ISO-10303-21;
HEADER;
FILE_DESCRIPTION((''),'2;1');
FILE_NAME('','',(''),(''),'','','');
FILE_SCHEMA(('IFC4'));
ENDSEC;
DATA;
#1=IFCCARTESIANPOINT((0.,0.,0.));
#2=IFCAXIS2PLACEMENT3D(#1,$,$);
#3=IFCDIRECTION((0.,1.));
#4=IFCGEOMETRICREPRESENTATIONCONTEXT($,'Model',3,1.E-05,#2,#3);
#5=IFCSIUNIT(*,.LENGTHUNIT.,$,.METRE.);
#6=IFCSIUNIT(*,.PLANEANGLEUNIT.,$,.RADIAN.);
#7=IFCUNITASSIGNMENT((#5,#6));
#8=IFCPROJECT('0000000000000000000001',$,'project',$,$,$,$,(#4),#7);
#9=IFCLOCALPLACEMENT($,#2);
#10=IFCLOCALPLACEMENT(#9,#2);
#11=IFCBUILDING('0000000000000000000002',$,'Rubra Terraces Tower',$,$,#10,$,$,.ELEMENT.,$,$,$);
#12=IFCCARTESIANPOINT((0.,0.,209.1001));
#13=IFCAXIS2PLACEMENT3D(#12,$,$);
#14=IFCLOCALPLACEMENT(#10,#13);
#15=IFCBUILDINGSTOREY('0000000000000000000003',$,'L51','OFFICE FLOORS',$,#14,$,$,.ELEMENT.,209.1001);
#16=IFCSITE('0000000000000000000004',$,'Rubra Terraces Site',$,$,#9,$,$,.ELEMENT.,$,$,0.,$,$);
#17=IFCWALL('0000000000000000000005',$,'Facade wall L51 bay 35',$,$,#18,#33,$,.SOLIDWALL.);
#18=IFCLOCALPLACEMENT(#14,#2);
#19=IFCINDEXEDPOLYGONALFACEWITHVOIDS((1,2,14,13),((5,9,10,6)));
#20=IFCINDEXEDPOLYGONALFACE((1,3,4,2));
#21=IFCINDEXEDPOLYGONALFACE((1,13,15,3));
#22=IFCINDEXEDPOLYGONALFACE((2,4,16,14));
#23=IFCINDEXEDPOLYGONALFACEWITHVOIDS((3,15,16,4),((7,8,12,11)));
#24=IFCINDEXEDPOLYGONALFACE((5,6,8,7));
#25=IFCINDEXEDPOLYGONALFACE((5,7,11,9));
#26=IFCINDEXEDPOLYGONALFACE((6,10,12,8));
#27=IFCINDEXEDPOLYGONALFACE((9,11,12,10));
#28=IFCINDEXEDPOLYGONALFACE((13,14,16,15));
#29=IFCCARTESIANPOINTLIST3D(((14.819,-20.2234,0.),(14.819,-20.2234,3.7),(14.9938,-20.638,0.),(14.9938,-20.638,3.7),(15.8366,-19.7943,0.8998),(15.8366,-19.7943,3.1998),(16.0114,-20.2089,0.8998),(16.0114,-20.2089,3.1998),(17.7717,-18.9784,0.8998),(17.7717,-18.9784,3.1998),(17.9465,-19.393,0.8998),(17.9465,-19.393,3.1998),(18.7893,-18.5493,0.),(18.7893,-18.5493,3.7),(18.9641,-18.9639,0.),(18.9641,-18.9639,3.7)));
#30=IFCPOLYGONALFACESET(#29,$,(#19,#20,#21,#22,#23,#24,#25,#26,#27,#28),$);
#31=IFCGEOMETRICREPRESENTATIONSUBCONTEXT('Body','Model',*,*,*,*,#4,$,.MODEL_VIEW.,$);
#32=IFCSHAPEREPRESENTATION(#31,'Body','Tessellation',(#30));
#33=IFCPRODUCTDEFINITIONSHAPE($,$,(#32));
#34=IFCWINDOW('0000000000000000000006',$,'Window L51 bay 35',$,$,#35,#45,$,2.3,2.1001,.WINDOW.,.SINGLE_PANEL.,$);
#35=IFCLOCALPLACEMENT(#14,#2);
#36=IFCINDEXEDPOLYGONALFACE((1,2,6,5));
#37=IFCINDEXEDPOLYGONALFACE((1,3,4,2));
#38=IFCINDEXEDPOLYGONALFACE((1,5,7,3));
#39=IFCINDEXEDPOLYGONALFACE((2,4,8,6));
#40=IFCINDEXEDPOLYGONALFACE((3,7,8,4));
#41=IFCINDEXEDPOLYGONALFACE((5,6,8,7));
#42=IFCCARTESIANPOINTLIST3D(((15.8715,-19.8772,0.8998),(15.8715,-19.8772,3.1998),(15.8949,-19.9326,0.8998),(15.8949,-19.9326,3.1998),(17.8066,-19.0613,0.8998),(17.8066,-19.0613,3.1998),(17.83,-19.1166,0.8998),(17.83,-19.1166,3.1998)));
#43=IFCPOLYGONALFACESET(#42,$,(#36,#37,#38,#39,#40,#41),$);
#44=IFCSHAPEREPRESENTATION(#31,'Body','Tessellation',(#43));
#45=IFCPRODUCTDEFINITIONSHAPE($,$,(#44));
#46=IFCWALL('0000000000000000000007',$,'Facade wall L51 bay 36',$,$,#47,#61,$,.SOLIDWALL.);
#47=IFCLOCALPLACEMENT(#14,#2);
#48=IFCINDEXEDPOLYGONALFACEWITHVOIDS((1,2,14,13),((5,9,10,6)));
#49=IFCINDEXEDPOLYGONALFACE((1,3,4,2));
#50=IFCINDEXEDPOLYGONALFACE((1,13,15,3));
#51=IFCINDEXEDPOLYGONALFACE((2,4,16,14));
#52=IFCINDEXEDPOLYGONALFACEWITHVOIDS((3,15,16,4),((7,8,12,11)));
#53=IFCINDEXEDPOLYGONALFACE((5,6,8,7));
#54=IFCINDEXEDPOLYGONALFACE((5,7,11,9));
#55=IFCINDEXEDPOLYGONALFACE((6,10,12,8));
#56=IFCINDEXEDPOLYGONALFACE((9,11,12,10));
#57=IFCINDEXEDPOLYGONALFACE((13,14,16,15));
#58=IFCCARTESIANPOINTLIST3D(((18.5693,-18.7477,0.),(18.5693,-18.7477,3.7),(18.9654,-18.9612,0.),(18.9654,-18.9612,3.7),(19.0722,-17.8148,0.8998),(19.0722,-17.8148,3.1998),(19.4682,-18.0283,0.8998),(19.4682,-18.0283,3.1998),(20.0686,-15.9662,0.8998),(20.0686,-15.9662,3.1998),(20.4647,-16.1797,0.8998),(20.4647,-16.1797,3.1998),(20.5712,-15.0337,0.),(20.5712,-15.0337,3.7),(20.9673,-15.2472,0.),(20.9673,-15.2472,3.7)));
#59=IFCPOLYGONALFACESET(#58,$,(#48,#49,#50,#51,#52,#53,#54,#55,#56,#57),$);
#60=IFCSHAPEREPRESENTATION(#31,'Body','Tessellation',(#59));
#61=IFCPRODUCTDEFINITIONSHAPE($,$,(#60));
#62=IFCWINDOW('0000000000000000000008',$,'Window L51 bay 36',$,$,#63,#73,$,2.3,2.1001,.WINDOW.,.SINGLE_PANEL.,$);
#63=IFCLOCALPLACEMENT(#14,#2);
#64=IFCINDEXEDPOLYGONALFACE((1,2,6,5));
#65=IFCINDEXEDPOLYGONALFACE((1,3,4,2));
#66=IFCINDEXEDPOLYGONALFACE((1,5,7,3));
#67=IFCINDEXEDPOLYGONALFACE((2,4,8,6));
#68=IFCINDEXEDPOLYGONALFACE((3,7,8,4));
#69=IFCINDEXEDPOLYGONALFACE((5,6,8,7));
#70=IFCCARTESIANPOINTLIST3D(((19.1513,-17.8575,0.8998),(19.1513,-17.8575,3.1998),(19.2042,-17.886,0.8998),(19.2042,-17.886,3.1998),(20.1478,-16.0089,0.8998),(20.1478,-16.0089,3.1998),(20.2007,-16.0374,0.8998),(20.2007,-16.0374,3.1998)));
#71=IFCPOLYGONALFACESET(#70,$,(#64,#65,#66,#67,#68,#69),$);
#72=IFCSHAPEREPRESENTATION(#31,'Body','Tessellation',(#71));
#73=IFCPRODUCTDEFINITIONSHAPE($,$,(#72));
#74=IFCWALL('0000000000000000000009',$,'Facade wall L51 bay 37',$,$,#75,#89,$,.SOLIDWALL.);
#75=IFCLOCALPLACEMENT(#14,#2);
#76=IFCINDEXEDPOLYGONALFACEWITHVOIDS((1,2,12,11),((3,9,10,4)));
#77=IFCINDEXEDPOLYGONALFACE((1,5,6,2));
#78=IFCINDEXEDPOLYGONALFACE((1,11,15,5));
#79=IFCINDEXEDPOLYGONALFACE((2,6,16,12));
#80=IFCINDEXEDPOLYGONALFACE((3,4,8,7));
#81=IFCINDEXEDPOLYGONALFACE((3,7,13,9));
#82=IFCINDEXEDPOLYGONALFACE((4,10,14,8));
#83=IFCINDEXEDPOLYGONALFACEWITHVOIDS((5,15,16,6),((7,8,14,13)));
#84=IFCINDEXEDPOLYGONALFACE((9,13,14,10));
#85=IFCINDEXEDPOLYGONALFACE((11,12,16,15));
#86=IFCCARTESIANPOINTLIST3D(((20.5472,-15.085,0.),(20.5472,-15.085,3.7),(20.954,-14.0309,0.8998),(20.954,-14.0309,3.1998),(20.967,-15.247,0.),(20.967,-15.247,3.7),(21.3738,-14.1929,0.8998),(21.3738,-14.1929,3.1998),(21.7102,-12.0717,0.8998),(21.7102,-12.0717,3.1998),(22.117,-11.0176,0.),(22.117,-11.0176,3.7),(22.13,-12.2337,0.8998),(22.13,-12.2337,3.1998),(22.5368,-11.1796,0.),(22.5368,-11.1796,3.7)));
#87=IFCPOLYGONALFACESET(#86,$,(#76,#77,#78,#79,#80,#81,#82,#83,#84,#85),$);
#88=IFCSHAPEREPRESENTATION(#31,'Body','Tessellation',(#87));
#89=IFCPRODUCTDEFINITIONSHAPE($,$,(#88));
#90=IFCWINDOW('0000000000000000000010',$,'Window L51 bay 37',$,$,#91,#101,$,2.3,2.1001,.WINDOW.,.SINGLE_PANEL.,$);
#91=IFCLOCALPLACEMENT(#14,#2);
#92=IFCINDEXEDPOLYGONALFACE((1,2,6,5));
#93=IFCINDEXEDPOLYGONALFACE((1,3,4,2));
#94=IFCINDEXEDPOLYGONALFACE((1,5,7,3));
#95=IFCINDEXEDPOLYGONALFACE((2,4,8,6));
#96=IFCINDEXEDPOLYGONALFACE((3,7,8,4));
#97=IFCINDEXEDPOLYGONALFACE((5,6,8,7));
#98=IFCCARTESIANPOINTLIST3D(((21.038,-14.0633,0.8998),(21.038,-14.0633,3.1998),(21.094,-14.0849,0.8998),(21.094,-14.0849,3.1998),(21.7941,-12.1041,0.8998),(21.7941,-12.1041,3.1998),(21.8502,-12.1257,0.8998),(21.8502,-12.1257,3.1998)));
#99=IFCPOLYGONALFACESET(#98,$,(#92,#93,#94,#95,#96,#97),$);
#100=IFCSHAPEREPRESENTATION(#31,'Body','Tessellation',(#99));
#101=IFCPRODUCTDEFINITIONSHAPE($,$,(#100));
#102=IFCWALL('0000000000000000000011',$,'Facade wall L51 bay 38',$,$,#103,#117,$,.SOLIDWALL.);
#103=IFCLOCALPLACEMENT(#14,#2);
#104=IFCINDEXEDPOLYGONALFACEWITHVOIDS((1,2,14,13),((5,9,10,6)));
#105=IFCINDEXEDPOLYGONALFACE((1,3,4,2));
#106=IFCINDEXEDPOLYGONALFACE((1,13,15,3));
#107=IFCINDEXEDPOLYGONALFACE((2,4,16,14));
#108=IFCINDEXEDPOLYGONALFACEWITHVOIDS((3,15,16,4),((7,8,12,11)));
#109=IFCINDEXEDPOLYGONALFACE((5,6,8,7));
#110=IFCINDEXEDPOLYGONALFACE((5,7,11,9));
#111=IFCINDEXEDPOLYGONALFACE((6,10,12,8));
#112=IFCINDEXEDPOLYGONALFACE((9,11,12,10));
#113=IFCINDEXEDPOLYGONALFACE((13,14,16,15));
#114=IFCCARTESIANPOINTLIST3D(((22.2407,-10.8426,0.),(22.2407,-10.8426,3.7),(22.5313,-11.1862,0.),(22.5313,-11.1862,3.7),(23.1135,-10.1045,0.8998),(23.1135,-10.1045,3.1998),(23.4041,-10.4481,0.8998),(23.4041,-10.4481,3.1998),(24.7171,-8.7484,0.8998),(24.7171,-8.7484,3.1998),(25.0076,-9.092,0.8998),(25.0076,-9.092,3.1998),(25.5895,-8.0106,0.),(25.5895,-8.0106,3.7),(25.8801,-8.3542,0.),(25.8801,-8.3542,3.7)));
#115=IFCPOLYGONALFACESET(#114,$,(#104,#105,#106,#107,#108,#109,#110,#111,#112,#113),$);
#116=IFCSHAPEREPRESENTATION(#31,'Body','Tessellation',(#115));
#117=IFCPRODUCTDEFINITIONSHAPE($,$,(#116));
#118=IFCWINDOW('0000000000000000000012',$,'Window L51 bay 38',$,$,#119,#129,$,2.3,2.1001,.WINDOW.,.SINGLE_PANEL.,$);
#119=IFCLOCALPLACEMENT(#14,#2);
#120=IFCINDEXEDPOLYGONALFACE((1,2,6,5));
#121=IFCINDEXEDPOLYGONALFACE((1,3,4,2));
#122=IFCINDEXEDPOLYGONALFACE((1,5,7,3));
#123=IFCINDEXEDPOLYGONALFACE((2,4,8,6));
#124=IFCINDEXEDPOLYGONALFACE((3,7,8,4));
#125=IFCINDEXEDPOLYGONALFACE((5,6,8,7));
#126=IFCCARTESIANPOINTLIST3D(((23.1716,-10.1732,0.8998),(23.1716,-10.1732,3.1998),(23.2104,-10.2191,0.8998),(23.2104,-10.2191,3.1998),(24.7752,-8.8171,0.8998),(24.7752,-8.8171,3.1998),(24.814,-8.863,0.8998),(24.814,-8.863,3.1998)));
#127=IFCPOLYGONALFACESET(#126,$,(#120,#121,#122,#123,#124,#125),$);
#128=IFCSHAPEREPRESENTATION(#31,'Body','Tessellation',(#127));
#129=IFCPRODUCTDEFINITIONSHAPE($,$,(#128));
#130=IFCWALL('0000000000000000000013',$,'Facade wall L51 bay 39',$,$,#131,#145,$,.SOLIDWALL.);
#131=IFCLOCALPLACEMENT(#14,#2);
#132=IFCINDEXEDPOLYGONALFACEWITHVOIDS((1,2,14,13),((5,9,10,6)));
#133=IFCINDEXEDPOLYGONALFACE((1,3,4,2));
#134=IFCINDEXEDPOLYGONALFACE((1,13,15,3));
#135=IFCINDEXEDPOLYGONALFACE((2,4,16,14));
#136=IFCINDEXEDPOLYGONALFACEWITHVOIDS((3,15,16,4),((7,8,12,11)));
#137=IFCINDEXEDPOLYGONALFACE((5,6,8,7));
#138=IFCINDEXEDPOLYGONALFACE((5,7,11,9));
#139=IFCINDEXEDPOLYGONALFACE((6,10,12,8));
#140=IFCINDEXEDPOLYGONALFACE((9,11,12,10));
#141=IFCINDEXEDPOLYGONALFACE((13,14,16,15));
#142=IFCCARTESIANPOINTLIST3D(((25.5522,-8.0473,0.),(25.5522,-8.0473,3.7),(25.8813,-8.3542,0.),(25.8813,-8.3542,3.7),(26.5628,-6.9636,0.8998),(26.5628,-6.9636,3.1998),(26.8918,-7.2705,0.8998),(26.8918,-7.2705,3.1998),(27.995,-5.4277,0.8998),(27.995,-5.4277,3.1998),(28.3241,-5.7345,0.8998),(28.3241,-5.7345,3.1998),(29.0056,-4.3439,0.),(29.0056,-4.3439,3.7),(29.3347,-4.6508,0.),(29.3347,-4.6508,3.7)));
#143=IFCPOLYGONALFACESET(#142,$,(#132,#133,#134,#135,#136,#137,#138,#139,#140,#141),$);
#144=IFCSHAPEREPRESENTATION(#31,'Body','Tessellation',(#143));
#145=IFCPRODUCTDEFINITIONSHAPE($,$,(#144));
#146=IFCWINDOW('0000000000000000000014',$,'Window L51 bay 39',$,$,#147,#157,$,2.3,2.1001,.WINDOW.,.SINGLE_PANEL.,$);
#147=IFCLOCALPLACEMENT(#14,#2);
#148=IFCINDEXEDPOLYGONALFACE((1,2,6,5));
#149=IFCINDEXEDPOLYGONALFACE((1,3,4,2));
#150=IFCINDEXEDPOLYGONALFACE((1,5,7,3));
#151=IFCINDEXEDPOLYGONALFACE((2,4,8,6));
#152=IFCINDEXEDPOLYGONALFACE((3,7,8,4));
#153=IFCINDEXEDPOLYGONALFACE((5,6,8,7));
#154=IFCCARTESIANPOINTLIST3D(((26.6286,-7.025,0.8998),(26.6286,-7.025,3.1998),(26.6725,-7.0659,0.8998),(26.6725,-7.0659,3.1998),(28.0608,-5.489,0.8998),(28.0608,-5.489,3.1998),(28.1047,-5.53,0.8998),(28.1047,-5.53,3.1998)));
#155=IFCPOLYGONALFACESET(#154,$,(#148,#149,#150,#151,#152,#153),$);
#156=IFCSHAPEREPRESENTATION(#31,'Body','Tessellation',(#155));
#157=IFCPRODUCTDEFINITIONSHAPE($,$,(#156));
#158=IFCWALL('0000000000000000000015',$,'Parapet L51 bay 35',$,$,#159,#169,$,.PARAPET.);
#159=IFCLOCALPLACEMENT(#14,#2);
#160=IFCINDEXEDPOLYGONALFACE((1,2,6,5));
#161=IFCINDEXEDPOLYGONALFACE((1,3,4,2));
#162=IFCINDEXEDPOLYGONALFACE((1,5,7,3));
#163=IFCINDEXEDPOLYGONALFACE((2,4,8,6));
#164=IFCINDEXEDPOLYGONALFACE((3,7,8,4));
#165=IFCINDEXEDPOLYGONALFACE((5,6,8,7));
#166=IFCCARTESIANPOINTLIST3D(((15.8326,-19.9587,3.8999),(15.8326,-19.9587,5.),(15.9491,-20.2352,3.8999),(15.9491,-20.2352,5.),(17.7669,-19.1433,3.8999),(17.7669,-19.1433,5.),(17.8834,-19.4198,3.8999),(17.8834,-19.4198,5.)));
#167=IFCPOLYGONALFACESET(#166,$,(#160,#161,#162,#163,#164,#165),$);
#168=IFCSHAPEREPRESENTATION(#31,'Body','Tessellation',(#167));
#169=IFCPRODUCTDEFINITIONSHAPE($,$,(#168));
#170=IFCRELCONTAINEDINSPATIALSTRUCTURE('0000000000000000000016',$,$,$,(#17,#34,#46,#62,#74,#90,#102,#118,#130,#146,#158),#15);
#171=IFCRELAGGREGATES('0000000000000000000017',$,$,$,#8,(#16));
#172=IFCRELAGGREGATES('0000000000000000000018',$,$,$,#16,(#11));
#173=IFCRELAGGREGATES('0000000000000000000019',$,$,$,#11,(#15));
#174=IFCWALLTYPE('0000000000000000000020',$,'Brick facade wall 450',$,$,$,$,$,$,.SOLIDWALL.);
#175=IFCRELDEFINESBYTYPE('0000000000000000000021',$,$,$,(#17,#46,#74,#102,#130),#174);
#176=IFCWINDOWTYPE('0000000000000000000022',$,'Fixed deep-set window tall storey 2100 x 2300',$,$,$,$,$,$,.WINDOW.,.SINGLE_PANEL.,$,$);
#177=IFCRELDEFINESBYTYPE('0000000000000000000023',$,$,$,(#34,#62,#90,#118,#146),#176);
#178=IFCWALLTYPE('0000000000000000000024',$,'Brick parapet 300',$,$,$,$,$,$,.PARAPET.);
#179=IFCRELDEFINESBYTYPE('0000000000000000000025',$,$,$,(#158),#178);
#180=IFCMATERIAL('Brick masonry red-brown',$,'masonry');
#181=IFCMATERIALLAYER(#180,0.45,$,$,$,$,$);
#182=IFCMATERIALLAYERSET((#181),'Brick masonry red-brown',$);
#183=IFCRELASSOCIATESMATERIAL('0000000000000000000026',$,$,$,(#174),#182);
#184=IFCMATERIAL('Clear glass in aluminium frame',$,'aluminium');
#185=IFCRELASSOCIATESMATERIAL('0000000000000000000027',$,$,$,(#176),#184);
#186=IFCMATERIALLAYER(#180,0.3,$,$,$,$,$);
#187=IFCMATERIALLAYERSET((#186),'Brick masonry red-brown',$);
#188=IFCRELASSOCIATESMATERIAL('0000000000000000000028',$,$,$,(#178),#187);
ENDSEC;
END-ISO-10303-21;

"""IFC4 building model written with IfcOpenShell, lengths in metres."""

from ifc_helpers import new_model, si_unit, direction, frame, frame_2d, origin, place, context, subcontext, project, spatial, rectangle, extrude, material, layer, layer_set, type_object, element, fill, save


model = new_model("IFC4")

# Units and contexts
model_context = context("Model", 3, precision=1e-05, world=origin(), true_north=direction((0.0, 1.0)))
body_context = subcontext(model_context, "Body", "Model", "MODEL_VIEW")
ifc_project = project(units=[si_unit("LENGTHUNIT", "METRE"), si_unit("PLANEANGLEUNIT", "RADIAN")], contexts=[model_context])

# Site, building, storey
site_placement = place(None, origin())
site = spatial("IfcSite", under=ifc_project, at=site_placement, Name="Rubra Terraces Site", CompositionType="ELEMENT", RefElevation=0.0)
building_placement = place(site_placement, origin())
building = spatial("IfcBuilding", under=site, at=building_placement, Name="Rubra Terraces Tower", CompositionType="ELEMENT")
storey_placement = place(building_placement, frame((0.0, 0.0, 209.1001)))
storey = spatial("IfcBuildingStorey", under=building, at=storey_placement, Name="L51", Description="OFFICE FLOORS", CompositionType="ELEMENT", Elevation=209.1001)

# Walls, openings, windows
ifc_material_1 = material(Name="Brick masonry red-brown", Category="masonry")
ifc_layer_1 = layer(ifc_material_1, 0.45)
ifc_layer_set_1 = layer_set([ifc_layer_1], Name="Brick masonry red-brown")
wall_type_1 = type_object("IfcWallType", Name="Brick facade wall 450", PredefinedType="SOLIDWALL", material=ifc_layer_set_1)
wall_1_placement = place(storey_placement, frame((14.9065, -20.4307, 0.0), z_axis=(0.0, 0.0, 1.0), x_axis=(0.921436, 0.388531, 0.0)))
wall_1 = element("IfcWall", 1, at=wall_1_placement, inside=storey, type_object=wall_type_1, Name="Facade wall L51 bay 35", PredefinedType="SOLIDWALL", context=body_context, shape_type="SweptSolid", body=[
    extrude(rectangle(XDim=4.3088, YDim=0.45, at=frame_2d((2.1543, 0.0))), origin(), (0.0, 0.0, 1.0), 3.7),
])
opening_1_placement = place(wall_1_placement, frame((1.1042, 0.0, 0.8999)))
opening_1 = element("IfcOpeningElement", 2, at=opening_1_placement, cuts=wall_1, PredefinedType="OPENING", context=body_context, shape_type="SweptSolid", body=[
    extrude(rectangle(XDim=2.1001, YDim=2.3, at=frame_2d((1.05, 1.1499))), frame((0.0, 0.2349, 0.0), z_axis=(0.0, -1.0, 0.0), x_axis=(1.0, 0.0, 0.0)), (0.0, 0.0, 1.0), 0.47),
])
ifc_material_2 = material(Name="Clear glass in aluminium frame", Category="aluminium")
window_type = type_object("IfcWindowType", Name="Fixed deep-set window tall storey 2100 x 2300", PartitioningType="SINGLE_PANEL", PredefinedType="WINDOW", material=ifc_material_2)
window_1_placement = place(opening_1_placement, origin())
window_1 = element("IfcWindow", 3, at=window_1_placement, inside=storey, type_object=window_type, Name="Window L51 bay 35", OverallHeight=2.3, OverallWidth=2.1001, PartitioningType="SINGLE_PANEL", PredefinedType="WINDOW", context=body_context, shape_type="SweptSolid", body=[
    extrude(rectangle(XDim=2.1001, YDim=2.3, at=frame_2d((1.05, 1.1499))), frame((0.0, 0.135, 0.0), z_axis=(0.0, -1.0, 0.0), x_axis=(1.0, 0.0, 0.0)), (0.0, 0.0, 1.0), 0.0601),
])
fill(opening_1, window_1)
wall_2_placement = place(storey_placement, frame((18.7673, -18.8545, 0.0), z_axis=(0.0, 0.0, 1.0), x_axis=(0.474476, 0.880268, 0.0)))
wall_2 = element("IfcWall", 4, at=wall_2_placement, inside=storey, type_object=wall_type_1, Name="Facade wall L51 bay 36", PredefinedType="SOLIDWALL", context=body_context, shape_type="SweptSolid", body=[
    extrude(rectangle(XDim=4.2192, YDim=0.45, at=frame_2d((2.1096, 0.0))), origin(), (0.0, 0.0, 1.0), 3.7),
])
opening_2_placement = place(wall_2_placement, frame((1.0598, 0.0, 0.8999)))
opening_2 = element("IfcOpeningElement", 5, at=opening_2_placement, cuts=wall_2, PredefinedType="OPENING", context=body_context, shape_type="SweptSolid", body=[
    extrude(rectangle(XDim=2.1001, YDim=2.3, at=frame_2d((1.05, 1.1499))), frame((0.0, 0.2349, 0.0), z_axis=(0.0, -1.0, 0.0), x_axis=(1.0, 0.0, 0.0)), (0.0, 0.0, 1.0), 0.47),
])
window_2_placement = place(opening_2_placement, origin())
window_2 = element("IfcWindow", 6, at=window_2_placement, inside=storey, type_object=window_type, Name="Window L51 bay 36", OverallHeight=2.3, OverallWidth=2.1001, PartitioningType="SINGLE_PANEL", PredefinedType="WINDOW", context=body_context, shape_type="SweptSolid", body=[
    extrude(rectangle(XDim=2.1001, YDim=2.3, at=frame_2d((1.05, 1.1499))), frame((0.0, 0.135, 0.0), z_axis=(0.0, -1.0, 0.0), x_axis=(1.0, 0.0, 0.0)), (0.0, 0.0, 1.0), 0.0601),
])
fill(opening_2, window_2)
wall_3_placement = place(storey_placement, frame((20.7571, -15.166, 0.0), z_axis=(0.0, 0.0, 1.0), x_axis=(0.360067, 0.932926, 0.0)))
wall_3 = element("IfcWall", 7, at=wall_3_placement, inside=storey, type_object=wall_type_1, Name="Facade wall L51 bay 37", PredefinedType="SOLIDWALL", context=body_context, shape_type="SweptSolid", body=[
    extrude(rectangle(XDim=4.3599, YDim=0.45, at=frame_2d((2.1799, 0.0))), origin(), (0.0, 0.0, 1.0), 3.7),
])
opening_3_placement = place(wall_3_placement, frame((1.1299, 0.0, 0.8999)))
opening_3 = element("IfcOpeningElement", 8, at=opening_3_placement, cuts=wall_3, PredefinedType="OPENING", context=body_context, shape_type="SweptSolid", body=[
    extrude(rectangle(XDim=2.1001, YDim=2.3, at=frame_2d((1.05, 1.1499))), frame((0.0, 0.2349, 0.0), z_axis=(0.0, -1.0, 0.0), x_axis=(1.0, 0.0, 0.0)), (0.0, 0.0, 1.0), 0.47),
])
window_3_placement = place(opening_3_placement, origin())
window_3 = element("IfcWindow", 9, at=window_3_placement, inside=storey, type_object=window_type, Name="Window L51 bay 37", OverallHeight=2.3, OverallWidth=2.1001, PartitioningType="SINGLE_PANEL", PredefinedType="WINDOW", context=body_context, shape_type="SweptSolid", body=[
    extrude(rectangle(XDim=2.1001, YDim=2.3, at=frame_2d((1.05, 1.1499))), frame((0.0, 0.135, 0.0), z_axis=(0.0, -1.0, 0.0), x_axis=(1.0, 0.0, 0.0)), (0.0, 0.0, 1.0), 0.0601),
])
fill(opening_3, window_3)
wall_4_placement = place(storey_placement, frame((22.386, -11.0144, 0.0), z_axis=(0.0, 0.0, 1.0), x_axis=(0.76357, 0.645725, 0.0)))
wall_4 = element("IfcWall", 10, at=wall_4_placement, inside=storey, type_object=wall_type_1, Name="Facade wall L51 bay 38", PredefinedType="SOLIDWALL", context=body_context, shape_type="SweptSolid", body=[
    extrude(rectangle(XDim=4.3857, YDim=0.45, at=frame_2d((2.1929, 0.0))), origin(), (0.0, 0.0, 1.0), 3.7),
])
opening_4_placement = place(wall_4_placement, frame((1.1431, 0.0, 0.8999)))
opening_4 = element("IfcOpeningElement", 11, at=opening_4_placement, cuts=wall_4, PredefinedType="OPENING", context=body_context, shape_type="SweptSolid", body=[
    extrude(rectangle(XDim=2.1001, YDim=2.3, at=frame_2d((1.05, 1.1499))), frame((0.0, 0.2349, 0.0), z_axis=(0.0, -1.0, 0.0), x_axis=(1.0, 0.0, 0.0)), (0.0, 0.0, 1.0), 0.47),
])
window_4_placement = place(opening_4_placement, origin())
window_4 = element("IfcWindow", 12, at=window_4_placement, inside=storey, type_object=window_type, Name="Window L51 bay 38", OverallHeight=2.3, OverallWidth=2.1001, PartitioningType="SINGLE_PANEL", PredefinedType="WINDOW", context=body_context, shape_type="SweptSolid", body=[
    extrude(rectangle(XDim=2.1001, YDim=2.3, at=frame_2d((1.05, 1.1499))), frame((0.0, 0.135, 0.0), z_axis=(0.0, -1.0, 0.0), x_axis=(1.0, 0.0, 0.0)), (0.0, 0.0, 1.0), 0.0601),
])
fill(opening_4, window_4)
wall_5_placement = place(storey_placement, frame((25.7168, -8.2007, 0.0), z_axis=(0.0, 0.0, 1.0), x_axis=(0.68199, 0.731361, 0.0)))
wall_5 = element("IfcWall", 13, at=wall_5_placement, inside=storey, type_object=wall_type_1, Name="Facade wall L51 bay 39", PredefinedType="SOLIDWALL", context=body_context, shape_type="SweptSolid", body=[
    extrude(rectangle(XDim=5.0637, YDim=0.45, at=frame_2d((2.5317, 0.0))), origin(), (0.0, 0.0, 1.0), 3.7),
])
opening_5_placement = place(wall_5_placement, frame((1.4817, 0.0, 0.8999)))
opening_5 = element("IfcOpeningElement", 14, at=opening_5_placement, cuts=wall_5, PredefinedType="OPENING", context=body_context, shape_type="SweptSolid", body=[
    extrude(rectangle(XDim=2.1001, YDim=2.3, at=frame_2d((1.05, 1.1499))), frame((0.0, 0.2349, 0.0), z_axis=(0.0, -1.0, 0.0), x_axis=(1.0, 0.0, 0.0)), (0.0, 0.0, 1.0), 0.47),
])
window_5_placement = place(opening_5_placement, origin())
window_5 = element("IfcWindow", 15, at=window_5_placement, inside=storey, type_object=window_type, Name="Window L51 bay 39", OverallHeight=2.3, OverallWidth=2.1001, PartitioningType="SINGLE_PANEL", PredefinedType="WINDOW", context=body_context, shape_type="SweptSolid", body=[
    extrude(rectangle(XDim=2.1001, YDim=2.3, at=frame_2d((1.05, 1.1499))), frame((0.0, 0.135, 0.0), z_axis=(0.0, -1.0, 0.0), x_axis=(1.0, 0.0, 0.0)), (0.0, 0.0, 1.0), 0.0601),
])
fill(opening_5, window_5)

# Wall
ifc_layer_2 = layer(ifc_material_1, 0.3)
ifc_layer_set_2 = layer_set([ifc_layer_2], Name="Brick masonry red-brown")
wall_type_2 = type_object("IfcWallType", Name="Brick parapet 300", PredefinedType="PARAPET", material=ifc_layer_set_2)
wall_6_placement = place(storey_placement, frame((15.8909, -20.0969, 3.8999), z_axis=(0.0, 0.0, 1.0), x_axis=(0.921469, 0.388452, 0.0)))
element("IfcWall", 16, at=wall_6_placement, inside=storey, type_object=wall_type_2, Name="Parapet L51 bay 35", PredefinedType="PARAPET", context=body_context, shape_type="SweptSolid", body=[
    extrude(rectangle(XDim=2.0991, YDim=0.3, at=frame_2d((1.0496, 0.0))), origin(), (0.0, 0.0, 1.0), 1.1001),
])

save(model, "model.ifc")
